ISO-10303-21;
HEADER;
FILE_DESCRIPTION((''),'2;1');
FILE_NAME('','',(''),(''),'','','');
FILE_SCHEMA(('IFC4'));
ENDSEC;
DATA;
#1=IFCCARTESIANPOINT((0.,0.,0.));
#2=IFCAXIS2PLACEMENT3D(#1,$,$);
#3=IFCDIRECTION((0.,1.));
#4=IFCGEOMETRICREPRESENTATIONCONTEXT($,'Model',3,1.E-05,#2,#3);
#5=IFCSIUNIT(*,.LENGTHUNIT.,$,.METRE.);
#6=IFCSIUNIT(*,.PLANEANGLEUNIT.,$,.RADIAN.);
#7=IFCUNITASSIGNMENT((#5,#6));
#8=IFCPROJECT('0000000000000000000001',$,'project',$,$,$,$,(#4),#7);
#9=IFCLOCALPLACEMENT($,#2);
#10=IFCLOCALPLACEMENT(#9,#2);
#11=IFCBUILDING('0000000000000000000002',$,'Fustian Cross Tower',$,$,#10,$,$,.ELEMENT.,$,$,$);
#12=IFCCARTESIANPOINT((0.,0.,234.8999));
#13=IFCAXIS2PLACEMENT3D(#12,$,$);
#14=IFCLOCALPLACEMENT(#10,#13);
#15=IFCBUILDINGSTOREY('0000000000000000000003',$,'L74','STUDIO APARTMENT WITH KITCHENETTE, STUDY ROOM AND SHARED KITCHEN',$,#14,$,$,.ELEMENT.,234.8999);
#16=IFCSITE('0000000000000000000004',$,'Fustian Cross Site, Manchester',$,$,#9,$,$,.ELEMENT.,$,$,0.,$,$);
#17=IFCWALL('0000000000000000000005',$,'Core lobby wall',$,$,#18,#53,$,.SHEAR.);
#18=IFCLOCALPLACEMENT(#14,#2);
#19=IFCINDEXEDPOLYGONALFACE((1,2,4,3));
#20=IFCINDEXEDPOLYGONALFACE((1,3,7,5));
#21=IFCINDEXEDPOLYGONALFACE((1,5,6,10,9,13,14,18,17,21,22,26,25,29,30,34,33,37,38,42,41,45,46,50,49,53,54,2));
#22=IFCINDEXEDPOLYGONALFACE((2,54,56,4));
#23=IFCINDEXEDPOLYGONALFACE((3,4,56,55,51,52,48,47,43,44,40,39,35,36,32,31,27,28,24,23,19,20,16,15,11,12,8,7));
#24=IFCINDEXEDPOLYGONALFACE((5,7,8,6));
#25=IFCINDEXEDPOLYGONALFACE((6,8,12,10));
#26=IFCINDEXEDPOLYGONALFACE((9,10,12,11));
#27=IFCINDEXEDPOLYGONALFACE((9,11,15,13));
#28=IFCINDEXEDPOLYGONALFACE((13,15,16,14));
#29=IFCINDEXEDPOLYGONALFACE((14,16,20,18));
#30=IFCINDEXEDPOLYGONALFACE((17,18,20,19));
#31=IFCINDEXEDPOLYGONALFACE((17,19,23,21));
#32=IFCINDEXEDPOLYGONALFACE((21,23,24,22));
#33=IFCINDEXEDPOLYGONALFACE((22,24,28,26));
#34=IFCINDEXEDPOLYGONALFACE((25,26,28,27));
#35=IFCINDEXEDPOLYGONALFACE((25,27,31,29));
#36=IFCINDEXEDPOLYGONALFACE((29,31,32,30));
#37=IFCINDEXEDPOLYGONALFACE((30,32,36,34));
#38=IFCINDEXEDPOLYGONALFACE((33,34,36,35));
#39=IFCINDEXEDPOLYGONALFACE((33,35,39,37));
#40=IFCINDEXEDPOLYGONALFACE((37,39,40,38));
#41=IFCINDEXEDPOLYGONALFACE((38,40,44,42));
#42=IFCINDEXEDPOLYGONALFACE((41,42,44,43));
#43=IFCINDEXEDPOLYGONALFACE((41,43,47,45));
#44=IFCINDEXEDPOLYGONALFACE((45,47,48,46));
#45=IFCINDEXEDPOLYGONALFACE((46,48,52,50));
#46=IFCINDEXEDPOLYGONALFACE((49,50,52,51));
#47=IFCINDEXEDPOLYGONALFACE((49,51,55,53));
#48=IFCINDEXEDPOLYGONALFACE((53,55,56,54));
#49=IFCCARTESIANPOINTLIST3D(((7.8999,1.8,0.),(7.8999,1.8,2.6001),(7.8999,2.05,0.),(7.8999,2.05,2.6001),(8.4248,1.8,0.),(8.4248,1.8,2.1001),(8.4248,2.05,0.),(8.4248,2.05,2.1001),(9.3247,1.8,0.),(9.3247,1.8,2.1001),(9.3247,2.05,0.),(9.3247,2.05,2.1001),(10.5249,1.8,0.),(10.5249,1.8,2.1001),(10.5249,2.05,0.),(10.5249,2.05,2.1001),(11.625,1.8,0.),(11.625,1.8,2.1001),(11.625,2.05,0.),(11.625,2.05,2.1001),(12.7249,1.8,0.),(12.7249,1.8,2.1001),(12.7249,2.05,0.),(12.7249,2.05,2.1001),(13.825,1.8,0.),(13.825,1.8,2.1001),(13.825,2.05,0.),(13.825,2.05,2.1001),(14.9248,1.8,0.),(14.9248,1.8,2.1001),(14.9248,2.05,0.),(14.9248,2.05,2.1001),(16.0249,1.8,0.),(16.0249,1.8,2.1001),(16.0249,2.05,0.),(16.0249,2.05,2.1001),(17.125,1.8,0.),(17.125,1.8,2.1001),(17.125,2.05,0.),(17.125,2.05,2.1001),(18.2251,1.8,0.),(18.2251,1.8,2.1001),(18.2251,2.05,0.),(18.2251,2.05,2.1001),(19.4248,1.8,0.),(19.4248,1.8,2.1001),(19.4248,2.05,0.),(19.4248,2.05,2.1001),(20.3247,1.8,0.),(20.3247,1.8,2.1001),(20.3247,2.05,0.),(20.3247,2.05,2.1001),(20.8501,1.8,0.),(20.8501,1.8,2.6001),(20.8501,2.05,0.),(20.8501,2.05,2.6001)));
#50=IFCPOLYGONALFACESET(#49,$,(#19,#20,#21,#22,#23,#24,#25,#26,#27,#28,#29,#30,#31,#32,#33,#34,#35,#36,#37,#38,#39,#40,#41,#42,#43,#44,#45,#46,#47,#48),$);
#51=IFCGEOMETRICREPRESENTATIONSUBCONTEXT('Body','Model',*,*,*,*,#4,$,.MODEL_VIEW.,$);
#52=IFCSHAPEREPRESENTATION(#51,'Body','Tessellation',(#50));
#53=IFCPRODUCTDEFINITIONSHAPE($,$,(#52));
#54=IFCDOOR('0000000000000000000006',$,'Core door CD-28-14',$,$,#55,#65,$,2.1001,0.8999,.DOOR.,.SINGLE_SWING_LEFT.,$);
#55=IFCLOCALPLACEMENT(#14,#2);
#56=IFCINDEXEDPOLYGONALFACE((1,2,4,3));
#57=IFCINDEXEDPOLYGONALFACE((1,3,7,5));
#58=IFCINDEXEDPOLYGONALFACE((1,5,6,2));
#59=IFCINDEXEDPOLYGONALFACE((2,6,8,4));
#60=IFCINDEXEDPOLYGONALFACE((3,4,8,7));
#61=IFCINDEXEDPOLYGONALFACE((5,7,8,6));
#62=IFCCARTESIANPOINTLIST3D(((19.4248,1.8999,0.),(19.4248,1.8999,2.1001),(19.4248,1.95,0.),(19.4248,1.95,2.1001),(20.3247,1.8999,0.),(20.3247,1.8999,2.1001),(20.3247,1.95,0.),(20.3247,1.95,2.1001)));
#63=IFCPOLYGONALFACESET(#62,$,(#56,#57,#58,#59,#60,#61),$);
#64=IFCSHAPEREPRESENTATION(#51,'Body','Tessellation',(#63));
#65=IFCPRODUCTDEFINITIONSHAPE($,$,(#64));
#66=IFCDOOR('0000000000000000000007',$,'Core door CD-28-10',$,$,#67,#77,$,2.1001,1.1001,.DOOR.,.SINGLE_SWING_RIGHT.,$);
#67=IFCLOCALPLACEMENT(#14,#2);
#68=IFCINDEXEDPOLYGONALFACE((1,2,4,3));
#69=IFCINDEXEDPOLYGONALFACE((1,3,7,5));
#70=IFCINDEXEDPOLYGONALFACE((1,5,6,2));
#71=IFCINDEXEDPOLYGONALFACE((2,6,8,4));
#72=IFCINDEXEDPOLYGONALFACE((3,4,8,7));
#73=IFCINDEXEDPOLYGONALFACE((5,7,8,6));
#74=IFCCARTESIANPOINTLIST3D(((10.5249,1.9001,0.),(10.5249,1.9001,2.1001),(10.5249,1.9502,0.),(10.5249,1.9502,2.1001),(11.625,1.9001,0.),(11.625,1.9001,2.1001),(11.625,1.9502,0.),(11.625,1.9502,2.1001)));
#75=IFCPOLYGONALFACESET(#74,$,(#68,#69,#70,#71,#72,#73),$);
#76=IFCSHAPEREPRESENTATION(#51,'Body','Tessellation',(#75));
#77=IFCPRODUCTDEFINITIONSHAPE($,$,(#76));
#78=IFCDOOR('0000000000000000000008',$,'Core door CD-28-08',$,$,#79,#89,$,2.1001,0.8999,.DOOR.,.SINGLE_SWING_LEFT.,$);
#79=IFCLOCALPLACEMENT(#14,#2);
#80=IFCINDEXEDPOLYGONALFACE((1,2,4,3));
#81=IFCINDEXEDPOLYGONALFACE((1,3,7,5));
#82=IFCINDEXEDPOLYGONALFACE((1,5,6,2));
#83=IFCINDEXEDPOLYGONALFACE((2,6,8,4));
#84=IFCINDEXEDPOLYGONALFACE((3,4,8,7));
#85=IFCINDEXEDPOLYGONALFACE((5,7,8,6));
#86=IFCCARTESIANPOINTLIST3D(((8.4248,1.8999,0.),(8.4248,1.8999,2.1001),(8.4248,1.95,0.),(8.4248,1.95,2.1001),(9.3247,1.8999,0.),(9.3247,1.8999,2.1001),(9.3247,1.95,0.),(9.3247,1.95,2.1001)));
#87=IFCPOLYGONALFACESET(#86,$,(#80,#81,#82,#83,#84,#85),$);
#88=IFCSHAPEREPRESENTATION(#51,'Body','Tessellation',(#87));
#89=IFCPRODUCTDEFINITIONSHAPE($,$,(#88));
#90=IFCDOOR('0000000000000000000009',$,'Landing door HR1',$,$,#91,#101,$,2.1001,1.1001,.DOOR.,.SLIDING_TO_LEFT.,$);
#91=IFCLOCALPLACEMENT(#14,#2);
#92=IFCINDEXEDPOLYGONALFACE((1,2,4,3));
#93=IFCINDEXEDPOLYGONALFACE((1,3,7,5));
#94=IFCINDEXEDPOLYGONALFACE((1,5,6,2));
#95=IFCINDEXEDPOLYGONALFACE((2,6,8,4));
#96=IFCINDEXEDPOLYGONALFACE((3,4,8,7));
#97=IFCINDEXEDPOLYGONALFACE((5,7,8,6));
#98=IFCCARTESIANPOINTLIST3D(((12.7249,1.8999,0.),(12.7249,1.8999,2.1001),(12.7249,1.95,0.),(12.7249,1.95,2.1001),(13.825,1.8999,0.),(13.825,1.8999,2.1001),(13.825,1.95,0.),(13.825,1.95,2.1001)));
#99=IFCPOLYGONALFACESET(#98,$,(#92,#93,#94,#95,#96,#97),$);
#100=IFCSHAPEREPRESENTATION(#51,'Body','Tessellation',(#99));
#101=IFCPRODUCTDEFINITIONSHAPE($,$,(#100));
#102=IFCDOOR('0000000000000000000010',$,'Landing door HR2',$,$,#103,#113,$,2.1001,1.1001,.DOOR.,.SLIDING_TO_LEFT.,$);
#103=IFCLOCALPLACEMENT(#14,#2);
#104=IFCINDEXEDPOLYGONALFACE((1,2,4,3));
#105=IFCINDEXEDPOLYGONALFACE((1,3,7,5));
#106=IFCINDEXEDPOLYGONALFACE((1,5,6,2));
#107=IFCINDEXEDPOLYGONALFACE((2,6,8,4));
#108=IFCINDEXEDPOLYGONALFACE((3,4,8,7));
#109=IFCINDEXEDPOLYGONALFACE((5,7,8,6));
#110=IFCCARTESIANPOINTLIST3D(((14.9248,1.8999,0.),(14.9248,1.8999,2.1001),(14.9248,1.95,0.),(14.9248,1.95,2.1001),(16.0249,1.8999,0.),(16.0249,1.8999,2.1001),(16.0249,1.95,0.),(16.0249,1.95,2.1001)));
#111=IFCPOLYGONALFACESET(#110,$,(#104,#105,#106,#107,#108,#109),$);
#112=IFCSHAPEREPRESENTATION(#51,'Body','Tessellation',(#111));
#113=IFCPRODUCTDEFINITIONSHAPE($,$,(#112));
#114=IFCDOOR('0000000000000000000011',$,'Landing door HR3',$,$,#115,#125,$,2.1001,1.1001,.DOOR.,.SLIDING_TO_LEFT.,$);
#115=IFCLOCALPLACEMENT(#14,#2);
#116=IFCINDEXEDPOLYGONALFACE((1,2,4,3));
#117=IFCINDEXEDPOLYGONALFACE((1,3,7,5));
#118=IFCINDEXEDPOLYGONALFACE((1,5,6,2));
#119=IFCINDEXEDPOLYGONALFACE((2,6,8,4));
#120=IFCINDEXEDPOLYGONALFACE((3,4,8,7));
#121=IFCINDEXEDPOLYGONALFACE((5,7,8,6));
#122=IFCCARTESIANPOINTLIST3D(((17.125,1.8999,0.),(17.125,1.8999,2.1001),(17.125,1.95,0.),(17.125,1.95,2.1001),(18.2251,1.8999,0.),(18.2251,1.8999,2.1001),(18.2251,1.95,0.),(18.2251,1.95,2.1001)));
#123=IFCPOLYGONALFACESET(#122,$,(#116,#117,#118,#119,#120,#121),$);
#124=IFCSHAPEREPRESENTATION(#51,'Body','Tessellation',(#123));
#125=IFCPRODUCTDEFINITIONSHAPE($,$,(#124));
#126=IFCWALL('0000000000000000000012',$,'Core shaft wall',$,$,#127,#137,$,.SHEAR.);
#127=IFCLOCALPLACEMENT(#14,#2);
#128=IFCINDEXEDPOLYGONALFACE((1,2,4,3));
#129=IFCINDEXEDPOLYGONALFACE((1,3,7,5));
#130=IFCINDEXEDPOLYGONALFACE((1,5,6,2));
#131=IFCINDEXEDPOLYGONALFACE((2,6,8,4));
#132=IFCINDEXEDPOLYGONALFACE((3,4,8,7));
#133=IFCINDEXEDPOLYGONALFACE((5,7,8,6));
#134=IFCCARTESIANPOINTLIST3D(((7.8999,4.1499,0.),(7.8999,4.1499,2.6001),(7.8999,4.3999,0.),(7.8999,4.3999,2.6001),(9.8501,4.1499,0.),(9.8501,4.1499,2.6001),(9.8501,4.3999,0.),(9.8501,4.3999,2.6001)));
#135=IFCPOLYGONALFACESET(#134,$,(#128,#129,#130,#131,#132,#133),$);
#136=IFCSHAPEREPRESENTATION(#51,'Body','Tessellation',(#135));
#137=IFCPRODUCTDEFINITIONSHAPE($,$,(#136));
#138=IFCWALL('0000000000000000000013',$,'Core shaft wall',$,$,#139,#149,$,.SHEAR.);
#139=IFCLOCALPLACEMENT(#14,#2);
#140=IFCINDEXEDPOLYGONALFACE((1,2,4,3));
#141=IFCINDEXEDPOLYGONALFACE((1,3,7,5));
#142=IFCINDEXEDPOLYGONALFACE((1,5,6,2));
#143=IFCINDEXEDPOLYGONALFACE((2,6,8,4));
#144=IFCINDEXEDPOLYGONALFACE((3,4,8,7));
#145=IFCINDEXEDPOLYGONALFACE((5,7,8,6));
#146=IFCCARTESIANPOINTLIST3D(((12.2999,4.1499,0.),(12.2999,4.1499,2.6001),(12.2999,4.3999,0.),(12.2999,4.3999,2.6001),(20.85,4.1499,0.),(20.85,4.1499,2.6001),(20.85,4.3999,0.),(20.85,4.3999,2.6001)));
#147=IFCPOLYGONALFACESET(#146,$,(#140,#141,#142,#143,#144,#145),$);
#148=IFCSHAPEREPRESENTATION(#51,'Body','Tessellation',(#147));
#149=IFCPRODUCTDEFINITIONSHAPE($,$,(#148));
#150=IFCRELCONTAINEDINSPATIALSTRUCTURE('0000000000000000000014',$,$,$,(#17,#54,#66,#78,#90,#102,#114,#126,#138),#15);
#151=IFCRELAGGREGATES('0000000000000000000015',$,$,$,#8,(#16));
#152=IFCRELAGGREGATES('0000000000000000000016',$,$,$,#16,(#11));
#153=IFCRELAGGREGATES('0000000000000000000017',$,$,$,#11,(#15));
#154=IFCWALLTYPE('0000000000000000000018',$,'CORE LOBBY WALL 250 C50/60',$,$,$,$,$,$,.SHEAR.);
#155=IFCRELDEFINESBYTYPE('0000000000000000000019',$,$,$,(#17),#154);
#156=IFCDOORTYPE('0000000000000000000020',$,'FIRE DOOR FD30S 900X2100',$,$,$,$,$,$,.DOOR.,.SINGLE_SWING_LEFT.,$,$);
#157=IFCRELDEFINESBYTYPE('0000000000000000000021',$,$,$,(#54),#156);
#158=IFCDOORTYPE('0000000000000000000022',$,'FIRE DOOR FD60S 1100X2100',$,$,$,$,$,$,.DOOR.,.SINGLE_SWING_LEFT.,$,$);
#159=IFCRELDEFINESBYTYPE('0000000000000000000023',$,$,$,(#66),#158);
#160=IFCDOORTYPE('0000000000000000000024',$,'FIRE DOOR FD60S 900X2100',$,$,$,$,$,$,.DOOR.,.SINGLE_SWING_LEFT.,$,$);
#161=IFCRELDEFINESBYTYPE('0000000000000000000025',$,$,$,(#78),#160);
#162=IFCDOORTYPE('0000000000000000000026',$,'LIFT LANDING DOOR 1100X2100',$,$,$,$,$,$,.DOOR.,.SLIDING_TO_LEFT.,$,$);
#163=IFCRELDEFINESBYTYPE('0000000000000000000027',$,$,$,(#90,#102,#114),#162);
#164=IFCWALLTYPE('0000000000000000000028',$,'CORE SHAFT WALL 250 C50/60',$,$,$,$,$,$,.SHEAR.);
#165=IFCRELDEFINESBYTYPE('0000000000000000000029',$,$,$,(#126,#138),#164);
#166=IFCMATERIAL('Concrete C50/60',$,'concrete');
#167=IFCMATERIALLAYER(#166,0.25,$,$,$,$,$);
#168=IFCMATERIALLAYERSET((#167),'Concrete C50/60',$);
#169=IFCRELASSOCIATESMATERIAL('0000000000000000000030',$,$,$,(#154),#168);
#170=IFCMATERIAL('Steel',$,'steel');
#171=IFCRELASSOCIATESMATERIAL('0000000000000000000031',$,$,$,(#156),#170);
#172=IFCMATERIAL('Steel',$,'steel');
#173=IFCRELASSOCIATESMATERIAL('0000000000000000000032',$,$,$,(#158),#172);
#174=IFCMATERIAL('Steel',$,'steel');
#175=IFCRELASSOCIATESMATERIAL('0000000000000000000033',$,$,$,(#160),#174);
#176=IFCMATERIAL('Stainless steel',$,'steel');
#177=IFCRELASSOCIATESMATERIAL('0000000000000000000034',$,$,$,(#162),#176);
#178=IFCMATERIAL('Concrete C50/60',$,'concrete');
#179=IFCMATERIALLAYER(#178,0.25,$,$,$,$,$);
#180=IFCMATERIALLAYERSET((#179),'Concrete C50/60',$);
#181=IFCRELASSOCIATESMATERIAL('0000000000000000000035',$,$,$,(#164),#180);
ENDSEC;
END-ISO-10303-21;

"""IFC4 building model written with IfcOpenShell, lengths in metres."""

from ifc_helpers import new_model, si_unit, direction, frame, frame_2d, origin, place, context, subcontext, project, spatial, rectangle, extrude, material, layer, layer_set, type_object, element, fill, save


model = new_model("IFC4")

# Units and contexts
model_context = context("Model", 3, precision=1e-05, world=origin(), true_north=direction((0.0, 1.0)))
body_context = subcontext(model_context, "Body", "Model", "MODEL_VIEW")
ifc_project = project(units=[si_unit("LENGTHUNIT", "METRE"), si_unit("PLANEANGLEUNIT", "RADIAN")], contexts=[model_context])

# Site, building, storey
site_placement = place(None, origin())
site = spatial("IfcSite", under=ifc_project, at=site_placement, Name="Fustian Cross Site, Manchester", CompositionType="ELEMENT", RefElevation=0.0)
building_placement = place(site_placement, origin())
building = spatial("IfcBuilding", under=site, at=building_placement, Name="Fustian Cross Tower", CompositionType="ELEMENT")
storey_placement = place(building_placement, frame((0.0, 0.0, 234.8999)))
storey = spatial("IfcBuildingStorey", under=building, at=storey_placement, Name="L74", Description="STUDIO APARTMENT WITH KITCHENETTE, STUDY ROOM AND SHARED KITCHEN", CompositionType="ELEMENT", Elevation=234.8999)

# Wall, openings, doors
ifc_material_1 = material(Name="Concrete C50/60", Category="concrete")
ifc_layer_1 = layer(ifc_material_1, 0.25)
ifc_layer_set_1 = layer_set([ifc_layer_1], Name="Concrete C50/60")
wall_type_1 = type_object("IfcWallType", Name="CORE LOBBY WALL 250 C50/60", PredefinedType="SHEAR", material=ifc_layer_set_1)
wall_1_placement = place(storey_placement, frame((7.8999, 1.925, 0.0), z_axis=(0.0, 0.0, 1.0), x_axis=(1.0, 0.0, 0.0)))
wall_1 = element("IfcWall", 1, at=wall_1_placement, inside=storey, type_object=wall_type_1, Name="Core lobby wall", PredefinedType="SHEAR", context=body_context, shape_type="SweptSolid", body=[
    extrude(rectangle(XDim=12.9502, YDim=0.25, at=frame_2d((6.4751, 0.0))), origin(), (0.0, 0.0, 1.0), 2.6001),
])
opening_1_placement = place(wall_1_placement, frame((4.825, 0.0, 0.0)))
opening_1 = element("IfcOpeningElement", 2, at=opening_1_placement, cuts=wall_1, PredefinedType="OPENING", context=body_context, shape_type="SweptSolid", body=[
    extrude(rectangle(XDim=1.1001, YDim=2.1001, at=frame_2d((0.55, 1.05))), frame((0.0, 0.135, 0.0), z_axis=(0.0, -1.0, 0.0), x_axis=(1.0, 0.0, 0.0)), (0.0, 0.0, 1.0), 0.27),
])
opening_2_placement = place(wall_1_placement, frame((7.0249, 0.0, 0.0)))
opening_2 = element("IfcOpeningElement", 3, at=opening_2_placement, cuts=wall_1, PredefinedType="OPENING", context=body_context, shape_type="SweptSolid", body=[
    extrude(rectangle(XDim=1.1001, YDim=2.1001, at=frame_2d((0.55, 1.05))), frame((0.0, 0.135, 0.0), z_axis=(0.0, -1.0, 0.0), x_axis=(1.0, 0.0, 0.0)), (0.0, 0.0, 1.0), 0.27),
])
opening_3_placement = place(wall_1_placement, frame((9.2251, 0.0, 0.0)))
opening_3 = element("IfcOpeningElement", 4, at=opening_3_placement, cuts=wall_1, PredefinedType="OPENING", context=body_context, shape_type="SweptSolid", body=[
    extrude(rectangle(XDim=1.1001, YDim=2.1001, at=frame_2d((0.55, 1.05))), frame((0.0, 0.135, 0.0), z_axis=(0.0, -1.0, 0.0), x_axis=(1.0, 0.0, 0.0)), (0.0, 0.0, 1.0), 0.27),
])
opening_4_placement = place(wall_1_placement, frame((0.5249, 0.0, 0.0)))
opening_4 = element("IfcOpeningElement", 5, at=opening_4_placement, cuts=wall_1, PredefinedType="OPENING", context=body_context, shape_type="SweptSolid", body=[
    extrude(rectangle(XDim=0.8999, YDim=2.1001, at=frame_2d((0.45, 1.05))), frame((0.0, 0.135, 0.0), z_axis=(0.0, -1.0, 0.0), x_axis=(1.0, 0.0, 0.0)), (0.0, 0.0, 1.0), 0.27),
])
opening_5_placement = place(wall_1_placement, frame((2.625, 0.0, 0.0)))
opening_5 = element("IfcOpeningElement", 6, at=opening_5_placement, cuts=wall_1, PredefinedType="OPENING", context=body_context, shape_type="SweptSolid", body=[
    extrude(rectangle(XDim=1.1001, YDim=2.1001, at=frame_2d((0.55, 1.05))), frame((0.0, 0.135, 0.0), z_axis=(0.0, -1.0, 0.0), x_axis=(1.0, 0.0, 0.0)), (0.0, 0.0, 1.0), 0.27),
])
opening_6_placement = place(wall_1_placement, frame((11.5249, 0.0, 0.0)))
opening_6 = element("IfcOpeningElement", 7, at=opening_6_placement, cuts=wall_1, PredefinedType="OPENING", context=body_context, shape_type="SweptSolid", body=[
    extrude(rectangle(XDim=0.8999, YDim=2.1001, at=frame_2d((0.45, 1.05))), frame((0.0, 0.135, 0.0), z_axis=(0.0, -1.0, 0.0), x_axis=(1.0, 0.0, 0.0)), (0.0, 0.0, 1.0), 0.27),
])
ifc_material_2 = material(Name="Steel", Category="steel")
door_type_1 = type_object("IfcDoorType", Name="FIRE DOOR FD30S 900X2100", OperationType="SINGLE_SWING_LEFT", PredefinedType="DOOR", material=ifc_material_2)
door_1_placement = place(opening_6_placement, origin())
door_1 = element("IfcDoor", 8, at=door_1_placement, inside=storey, type_object=door_type_1, Name="Core door CD-28-14", OperationType="SINGLE_SWING_LEFT", OverallHeight=2.1001, OverallWidth=0.8999, PredefinedType="DOOR", context=body_context, shape_type="SweptSolid", body=[
    extrude(rectangle(XDim=0.8999, YDim=2.1001, at=frame_2d((0.45, 1.05))), frame((0.0, 0.0249, 0.0), z_axis=(0.0, -1.0, 0.0), x_axis=(1.0, 0.0, 0.0)), (0.0, 0.0, 1.0), 0.05),
])
fill(opening_6, door_1)
ifc_material_3 = material(Name="Steel", Category="steel")
door_type_2 = type_object("IfcDoorType", Name="FIRE DOOR FD60S 1100X2100", OperationType="SINGLE_SWING_LEFT", PredefinedType="DOOR", material=ifc_material_3)
door_2_placement = place(opening_5_placement, frame((1.1001, 0.0, 0.0), z_axis=(0.0, 0.0, 1.0), x_axis=(-1.0, 0.0, 0.0)))
door_2 = element("IfcDoor", 9, at=door_2_placement, inside=storey, type_object=door_type_2, Name="Core door CD-28-10", OperationType="SINGLE_SWING_RIGHT", OverallHeight=2.1001, OverallWidth=1.1001, PredefinedType="DOOR", context=body_context, shape_type="SweptSolid", body=[
    extrude(rectangle(XDim=1.1001, YDim=2.1001, at=frame_2d((0.55, 1.05))), frame((0.0, 0.0249, 0.0), z_axis=(0.0, -1.0, 0.0), x_axis=(1.0, 0.0, 0.0)), (0.0, 0.0, 1.0), 0.05),
])
fill(opening_5, door_2)
ifc_material_4 = material(Name="Steel", Category="steel")
door_type_3 = type_object("IfcDoorType", Name="FIRE DOOR FD60S 900X2100", OperationType="SINGLE_SWING_LEFT", PredefinedType="DOOR", material=ifc_material_4)
door_3_placement = place(opening_4_placement, origin())
door_3 = element("IfcDoor", 10, at=door_3_placement, inside=storey, type_object=door_type_3, Name="Core door CD-28-08", OperationType="SINGLE_SWING_LEFT", OverallHeight=2.1001, OverallWidth=0.8999, PredefinedType="DOOR", context=body_context, shape_type="SweptSolid", body=[
    extrude(rectangle(XDim=0.8999, YDim=2.1001, at=frame_2d((0.45, 1.05))), frame((0.0, 0.0249, 0.0), z_axis=(0.0, -1.0, 0.0), x_axis=(1.0, 0.0, 0.0)), (0.0, 0.0, 1.0), 0.05),
])
fill(opening_4, door_3)
ifc_material_5 = material(Name="Stainless steel", Category="steel")
door_type_4 = type_object("IfcDoorType", Name="LIFT LANDING DOOR 1100X2100", OperationType="SLIDING_TO_LEFT", PredefinedType="DOOR", material=ifc_material_5)
door_4_placement = place(opening_1_placement, origin())
door_4 = element("IfcDoor", 11, at=door_4_placement, inside=storey, type_object=door_type_4, Name="Landing door HR1", OperationType="SLIDING_TO_LEFT", OverallHeight=2.1001, OverallWidth=1.1001, PredefinedType="DOOR", context=body_context, shape_type="SweptSolid", body=[
    extrude(rectangle(XDim=1.1001, YDim=2.1001, at=frame_2d((0.55, 1.05))), frame((0.0, 0.0249, 0.0), z_axis=(0.0, -1.0, 0.0), x_axis=(1.0, 0.0, 0.0)), (0.0, 0.0, 1.0), 0.05),
])
fill(opening_1, door_4)
door_5_placement = place(opening_2_placement, origin())
door_5 = element("IfcDoor", 12, at=door_5_placement, inside=storey, type_object=door_type_4, Name="Landing door HR2", OperationType="SLIDING_TO_LEFT", OverallHeight=2.1001, OverallWidth=1.1001, PredefinedType="DOOR", context=body_context, shape_type="SweptSolid", body=[
    extrude(rectangle(XDim=1.1001, YDim=2.1001, at=frame_2d((0.55, 1.05))), frame((0.0, 0.0249, 0.0), z_axis=(0.0, -1.0, 0.0), x_axis=(1.0, 0.0, 0.0)), (0.0, 0.0, 1.0), 0.05),
])
fill(opening_2, door_5)
door_6_placement = place(opening_3_placement, origin())
door_6 = element("IfcDoor", 13, at=door_6_placement, inside=storey, type_object=door_type_4, Name="Landing door HR3", OperationType="SLIDING_TO_LEFT", OverallHeight=2.1001, OverallWidth=1.1001, PredefinedType="DOOR", context=body_context, shape_type="SweptSolid", body=[
    extrude(rectangle(XDim=1.1001, YDim=2.1001, at=frame_2d((0.55, 1.05))), frame((0.0, 0.0249, 0.0), z_axis=(0.0, -1.0, 0.0), x_axis=(1.0, 0.0, 0.0)), (0.0, 0.0, 1.0), 0.05),
])
fill(opening_3, door_6)

# Walls
ifc_material_6 = material(Name="Concrete C50/60", Category="concrete")
ifc_layer_2 = layer(ifc_material_6, 0.25)
ifc_layer_set_2 = layer_set([ifc_layer_2], Name="Concrete C50/60")
wall_type_2 = type_object("IfcWallType", Name="CORE SHAFT WALL 250 C50/60", PredefinedType="SHEAR", material=ifc_layer_set_2)
wall_2_placement = place(storey_placement, frame((7.8999, 4.2749, 0.0), z_axis=(0.0, 0.0, 1.0), x_axis=(1.0, 0.0, 0.0)))
element("IfcWall", 14, at=wall_2_placement, inside=storey, type_object=wall_type_2, Name="Core shaft wall", PredefinedType="SHEAR", context=body_context, shape_type="SweptSolid", body=[
    extrude(rectangle(XDim=1.9502, YDim=0.25, at=frame_2d((0.9751, 0.0))), origin(), (0.0, 0.0, 1.0), 2.6001),
])
wall_3_placement = place(storey_placement, frame((12.3, 4.2749, 0.0), z_axis=(0.0, 0.0, 1.0), x_axis=(1.0, 0.0, 0.0)))
element("IfcWall", 15, at=wall_3_placement, inside=storey, type_object=wall_type_2, Name="Core shaft wall", PredefinedType="SHEAR", context=body_context, shape_type="SweptSolid", body=[
    extrude(rectangle(XDim=8.55, YDim=0.25, at=frame_2d((4.2749, 0.0))), origin(), (0.0, 0.0, 1.0), 2.6001),
])

save(model, "model.ifc")
